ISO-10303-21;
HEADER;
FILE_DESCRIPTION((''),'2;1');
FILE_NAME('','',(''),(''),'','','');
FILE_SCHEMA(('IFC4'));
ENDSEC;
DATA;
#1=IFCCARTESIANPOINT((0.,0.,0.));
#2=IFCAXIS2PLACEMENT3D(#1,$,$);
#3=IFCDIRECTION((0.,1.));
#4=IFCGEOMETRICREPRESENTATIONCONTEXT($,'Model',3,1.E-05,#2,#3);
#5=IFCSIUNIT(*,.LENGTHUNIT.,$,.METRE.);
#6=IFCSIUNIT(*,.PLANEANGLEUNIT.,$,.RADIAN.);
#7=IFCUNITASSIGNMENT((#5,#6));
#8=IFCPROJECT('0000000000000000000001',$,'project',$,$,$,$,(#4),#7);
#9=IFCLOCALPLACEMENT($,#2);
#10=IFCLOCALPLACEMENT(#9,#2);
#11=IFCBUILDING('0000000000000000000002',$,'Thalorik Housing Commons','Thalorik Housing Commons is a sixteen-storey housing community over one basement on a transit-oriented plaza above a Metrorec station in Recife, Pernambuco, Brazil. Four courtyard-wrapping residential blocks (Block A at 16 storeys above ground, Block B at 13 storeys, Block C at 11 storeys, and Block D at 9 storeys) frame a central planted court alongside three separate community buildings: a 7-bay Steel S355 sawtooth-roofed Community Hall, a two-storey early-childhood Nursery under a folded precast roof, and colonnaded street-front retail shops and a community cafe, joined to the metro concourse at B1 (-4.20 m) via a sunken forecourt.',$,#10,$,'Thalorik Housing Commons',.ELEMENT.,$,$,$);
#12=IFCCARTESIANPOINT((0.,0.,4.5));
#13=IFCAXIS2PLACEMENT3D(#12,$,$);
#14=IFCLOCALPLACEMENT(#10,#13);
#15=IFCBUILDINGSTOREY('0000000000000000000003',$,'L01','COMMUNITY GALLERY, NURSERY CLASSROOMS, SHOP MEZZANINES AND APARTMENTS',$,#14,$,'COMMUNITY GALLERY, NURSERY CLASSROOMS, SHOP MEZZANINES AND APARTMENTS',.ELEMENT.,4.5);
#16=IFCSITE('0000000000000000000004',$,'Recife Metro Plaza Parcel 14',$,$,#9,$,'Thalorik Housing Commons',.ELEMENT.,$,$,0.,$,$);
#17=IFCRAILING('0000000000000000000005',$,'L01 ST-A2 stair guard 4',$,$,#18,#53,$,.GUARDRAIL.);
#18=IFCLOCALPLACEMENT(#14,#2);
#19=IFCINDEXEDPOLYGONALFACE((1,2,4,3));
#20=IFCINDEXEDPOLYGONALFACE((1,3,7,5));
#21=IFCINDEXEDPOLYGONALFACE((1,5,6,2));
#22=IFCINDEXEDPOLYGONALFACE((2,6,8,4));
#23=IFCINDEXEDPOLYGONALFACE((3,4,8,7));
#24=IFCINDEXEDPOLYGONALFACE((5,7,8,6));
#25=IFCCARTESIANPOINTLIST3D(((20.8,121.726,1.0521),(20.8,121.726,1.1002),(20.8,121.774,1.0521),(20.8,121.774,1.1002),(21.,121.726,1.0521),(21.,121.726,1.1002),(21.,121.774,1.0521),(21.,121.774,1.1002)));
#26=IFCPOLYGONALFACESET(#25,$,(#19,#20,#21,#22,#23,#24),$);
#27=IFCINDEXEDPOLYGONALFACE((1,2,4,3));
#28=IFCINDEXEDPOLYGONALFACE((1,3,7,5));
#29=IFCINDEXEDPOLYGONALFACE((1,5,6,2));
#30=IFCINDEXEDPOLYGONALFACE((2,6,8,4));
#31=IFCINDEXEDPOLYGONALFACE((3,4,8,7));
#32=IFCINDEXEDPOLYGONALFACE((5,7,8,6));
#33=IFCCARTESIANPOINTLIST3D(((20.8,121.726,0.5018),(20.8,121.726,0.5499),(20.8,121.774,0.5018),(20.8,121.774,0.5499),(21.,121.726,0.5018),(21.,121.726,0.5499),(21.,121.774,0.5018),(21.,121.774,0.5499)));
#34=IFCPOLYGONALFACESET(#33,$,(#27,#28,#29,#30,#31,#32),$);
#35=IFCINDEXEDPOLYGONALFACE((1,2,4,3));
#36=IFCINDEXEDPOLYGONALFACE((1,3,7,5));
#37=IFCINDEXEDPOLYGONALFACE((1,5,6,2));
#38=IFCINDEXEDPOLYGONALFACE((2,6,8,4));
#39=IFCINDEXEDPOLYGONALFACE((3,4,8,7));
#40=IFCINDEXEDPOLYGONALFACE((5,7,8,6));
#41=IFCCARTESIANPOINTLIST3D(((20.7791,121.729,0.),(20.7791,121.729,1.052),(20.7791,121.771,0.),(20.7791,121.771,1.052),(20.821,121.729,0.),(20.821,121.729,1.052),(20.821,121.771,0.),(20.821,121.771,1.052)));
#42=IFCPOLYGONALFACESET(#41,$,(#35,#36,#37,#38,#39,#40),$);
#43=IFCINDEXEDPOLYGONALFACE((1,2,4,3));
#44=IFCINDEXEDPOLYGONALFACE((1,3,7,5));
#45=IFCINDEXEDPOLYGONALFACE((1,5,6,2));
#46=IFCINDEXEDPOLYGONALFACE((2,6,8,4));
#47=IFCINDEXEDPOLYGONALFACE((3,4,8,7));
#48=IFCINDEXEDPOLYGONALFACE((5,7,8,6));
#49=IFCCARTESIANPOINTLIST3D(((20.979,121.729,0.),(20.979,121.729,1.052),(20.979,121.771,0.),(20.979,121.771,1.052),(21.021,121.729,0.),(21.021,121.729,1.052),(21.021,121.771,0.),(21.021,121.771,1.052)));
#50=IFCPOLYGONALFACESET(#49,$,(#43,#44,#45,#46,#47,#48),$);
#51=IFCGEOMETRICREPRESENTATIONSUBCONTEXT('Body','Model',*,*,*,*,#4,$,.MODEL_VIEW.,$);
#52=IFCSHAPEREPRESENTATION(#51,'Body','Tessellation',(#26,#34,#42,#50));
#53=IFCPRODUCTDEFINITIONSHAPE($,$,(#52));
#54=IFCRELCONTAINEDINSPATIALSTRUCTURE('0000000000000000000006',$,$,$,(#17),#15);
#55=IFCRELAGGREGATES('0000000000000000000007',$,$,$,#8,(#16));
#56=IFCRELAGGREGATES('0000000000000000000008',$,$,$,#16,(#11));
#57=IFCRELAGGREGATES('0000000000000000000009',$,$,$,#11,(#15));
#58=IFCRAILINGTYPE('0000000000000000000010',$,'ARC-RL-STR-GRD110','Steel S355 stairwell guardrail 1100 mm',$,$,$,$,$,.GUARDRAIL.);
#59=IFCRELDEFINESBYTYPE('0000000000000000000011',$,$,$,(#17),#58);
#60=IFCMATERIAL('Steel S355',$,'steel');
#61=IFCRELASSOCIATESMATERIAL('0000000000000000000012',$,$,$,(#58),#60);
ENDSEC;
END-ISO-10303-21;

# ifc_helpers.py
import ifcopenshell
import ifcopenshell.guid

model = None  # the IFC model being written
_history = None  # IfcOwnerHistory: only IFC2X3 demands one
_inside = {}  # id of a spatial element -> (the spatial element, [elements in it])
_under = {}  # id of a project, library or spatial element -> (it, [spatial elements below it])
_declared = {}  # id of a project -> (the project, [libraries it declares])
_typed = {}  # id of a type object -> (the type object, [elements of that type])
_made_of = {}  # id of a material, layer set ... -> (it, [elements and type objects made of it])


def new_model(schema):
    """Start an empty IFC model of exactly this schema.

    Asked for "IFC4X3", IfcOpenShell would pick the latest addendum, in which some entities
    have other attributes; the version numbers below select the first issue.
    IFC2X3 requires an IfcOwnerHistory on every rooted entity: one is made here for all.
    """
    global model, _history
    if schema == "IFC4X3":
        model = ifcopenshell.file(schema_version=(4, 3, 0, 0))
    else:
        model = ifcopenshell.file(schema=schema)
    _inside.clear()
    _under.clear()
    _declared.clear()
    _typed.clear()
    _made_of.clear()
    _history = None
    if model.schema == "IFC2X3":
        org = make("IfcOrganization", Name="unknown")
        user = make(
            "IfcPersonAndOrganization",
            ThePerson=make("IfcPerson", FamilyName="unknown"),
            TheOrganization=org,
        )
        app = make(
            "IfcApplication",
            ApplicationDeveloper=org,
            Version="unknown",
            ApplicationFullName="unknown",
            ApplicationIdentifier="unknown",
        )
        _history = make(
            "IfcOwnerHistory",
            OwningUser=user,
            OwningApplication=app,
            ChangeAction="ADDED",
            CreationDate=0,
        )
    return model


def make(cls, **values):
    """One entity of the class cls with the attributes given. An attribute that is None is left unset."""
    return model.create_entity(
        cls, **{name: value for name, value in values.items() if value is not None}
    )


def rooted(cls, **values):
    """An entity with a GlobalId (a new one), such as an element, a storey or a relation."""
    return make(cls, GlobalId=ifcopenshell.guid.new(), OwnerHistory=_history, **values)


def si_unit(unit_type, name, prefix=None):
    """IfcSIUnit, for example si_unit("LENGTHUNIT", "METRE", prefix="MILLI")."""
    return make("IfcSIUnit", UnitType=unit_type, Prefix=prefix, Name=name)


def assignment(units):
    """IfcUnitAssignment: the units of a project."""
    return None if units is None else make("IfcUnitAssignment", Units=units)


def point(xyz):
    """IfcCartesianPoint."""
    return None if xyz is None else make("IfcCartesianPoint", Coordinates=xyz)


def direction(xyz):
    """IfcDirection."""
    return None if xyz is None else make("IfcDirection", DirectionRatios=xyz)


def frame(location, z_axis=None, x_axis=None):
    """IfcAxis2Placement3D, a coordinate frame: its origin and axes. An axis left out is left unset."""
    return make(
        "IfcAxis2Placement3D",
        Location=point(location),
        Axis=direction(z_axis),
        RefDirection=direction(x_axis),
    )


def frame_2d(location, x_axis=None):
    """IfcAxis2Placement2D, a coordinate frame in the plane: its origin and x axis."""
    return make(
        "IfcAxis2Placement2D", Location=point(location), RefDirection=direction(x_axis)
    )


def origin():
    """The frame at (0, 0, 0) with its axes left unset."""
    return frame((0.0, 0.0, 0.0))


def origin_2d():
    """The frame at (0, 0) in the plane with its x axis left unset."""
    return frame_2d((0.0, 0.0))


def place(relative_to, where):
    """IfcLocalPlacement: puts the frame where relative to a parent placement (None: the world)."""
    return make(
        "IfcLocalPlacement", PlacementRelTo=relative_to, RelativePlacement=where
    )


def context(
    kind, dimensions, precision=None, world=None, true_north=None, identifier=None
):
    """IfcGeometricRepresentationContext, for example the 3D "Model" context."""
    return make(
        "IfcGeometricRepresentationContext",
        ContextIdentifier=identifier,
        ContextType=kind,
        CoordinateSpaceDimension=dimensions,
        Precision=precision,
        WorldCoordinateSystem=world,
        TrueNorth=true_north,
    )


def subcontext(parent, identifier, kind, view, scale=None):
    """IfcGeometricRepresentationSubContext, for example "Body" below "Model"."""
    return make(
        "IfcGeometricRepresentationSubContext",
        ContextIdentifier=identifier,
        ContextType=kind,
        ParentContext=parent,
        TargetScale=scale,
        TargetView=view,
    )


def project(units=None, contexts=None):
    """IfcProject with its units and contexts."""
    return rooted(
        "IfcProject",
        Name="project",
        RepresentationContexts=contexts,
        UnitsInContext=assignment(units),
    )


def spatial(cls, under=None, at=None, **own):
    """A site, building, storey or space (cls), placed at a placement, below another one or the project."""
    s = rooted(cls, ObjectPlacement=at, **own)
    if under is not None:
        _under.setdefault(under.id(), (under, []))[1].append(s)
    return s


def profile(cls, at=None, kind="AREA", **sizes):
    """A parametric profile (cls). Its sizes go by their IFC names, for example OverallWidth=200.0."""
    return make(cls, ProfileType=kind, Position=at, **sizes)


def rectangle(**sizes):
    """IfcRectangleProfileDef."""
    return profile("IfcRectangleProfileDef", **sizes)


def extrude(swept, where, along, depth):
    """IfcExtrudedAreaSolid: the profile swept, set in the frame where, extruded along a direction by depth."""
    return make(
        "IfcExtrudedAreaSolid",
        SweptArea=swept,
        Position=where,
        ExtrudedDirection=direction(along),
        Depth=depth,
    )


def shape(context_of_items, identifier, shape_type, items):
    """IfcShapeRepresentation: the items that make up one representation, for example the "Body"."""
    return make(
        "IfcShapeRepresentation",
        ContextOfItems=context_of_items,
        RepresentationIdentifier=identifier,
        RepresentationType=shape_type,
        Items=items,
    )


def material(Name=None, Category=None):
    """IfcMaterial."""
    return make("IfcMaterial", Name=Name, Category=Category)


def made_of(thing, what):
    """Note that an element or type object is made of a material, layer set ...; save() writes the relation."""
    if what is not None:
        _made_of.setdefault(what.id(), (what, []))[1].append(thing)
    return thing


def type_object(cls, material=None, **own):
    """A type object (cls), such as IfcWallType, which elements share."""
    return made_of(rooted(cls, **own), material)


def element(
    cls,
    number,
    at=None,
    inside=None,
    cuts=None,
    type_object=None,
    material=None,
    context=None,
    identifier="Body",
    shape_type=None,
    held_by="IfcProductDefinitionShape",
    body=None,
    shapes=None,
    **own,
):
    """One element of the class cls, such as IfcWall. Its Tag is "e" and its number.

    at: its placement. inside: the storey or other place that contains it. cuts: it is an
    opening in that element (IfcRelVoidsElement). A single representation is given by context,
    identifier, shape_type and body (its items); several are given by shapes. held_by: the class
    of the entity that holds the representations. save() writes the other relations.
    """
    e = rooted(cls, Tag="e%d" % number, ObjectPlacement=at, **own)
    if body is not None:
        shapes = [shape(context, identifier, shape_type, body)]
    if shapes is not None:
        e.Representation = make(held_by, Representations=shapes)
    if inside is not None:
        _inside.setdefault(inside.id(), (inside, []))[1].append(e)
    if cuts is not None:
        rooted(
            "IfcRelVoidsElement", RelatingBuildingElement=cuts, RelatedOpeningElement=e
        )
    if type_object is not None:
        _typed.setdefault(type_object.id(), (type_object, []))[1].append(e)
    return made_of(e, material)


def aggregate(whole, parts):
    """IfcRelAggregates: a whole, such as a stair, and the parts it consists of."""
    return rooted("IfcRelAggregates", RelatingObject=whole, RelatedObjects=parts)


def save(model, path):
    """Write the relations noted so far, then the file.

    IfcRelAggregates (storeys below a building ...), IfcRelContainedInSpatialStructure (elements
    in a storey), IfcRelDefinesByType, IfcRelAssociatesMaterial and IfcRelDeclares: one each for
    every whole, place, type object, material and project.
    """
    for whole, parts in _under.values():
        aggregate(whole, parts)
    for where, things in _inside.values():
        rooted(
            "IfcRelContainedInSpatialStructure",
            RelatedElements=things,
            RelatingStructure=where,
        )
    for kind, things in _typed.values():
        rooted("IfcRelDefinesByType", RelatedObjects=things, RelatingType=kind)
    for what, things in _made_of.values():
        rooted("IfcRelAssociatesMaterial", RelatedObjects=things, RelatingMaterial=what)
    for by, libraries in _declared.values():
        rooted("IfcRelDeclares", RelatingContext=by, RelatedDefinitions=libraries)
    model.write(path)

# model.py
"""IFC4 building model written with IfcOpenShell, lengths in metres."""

from ifc_helpers import new_model, si_unit, direction, frame, origin, origin_2d, place, context, subcontext, project, spatial, rectangle, extrude, material, type_object, element, save


model = new_model("IFC4")

# Units and contexts
model_context = context("Model", 3, precision=1e-05, world=origin(), true_north=direction((0.0, 1.0)))
body_context = subcontext(model_context, "Body", "Model", "MODEL_VIEW")
ifc_project = project(units=[si_unit("LENGTHUNIT", "METRE"), si_unit("PLANEANGLEUNIT", "RADIAN")], contexts=[model_context])

# Site, building, storey
site_placement = place(None, origin())
site = spatial("IfcSite", under=ifc_project, at=site_placement, Name="Recife Metro Plaza Parcel 14", LongName="Thalorik Housing Commons", CompositionType="ELEMENT", RefElevation=0.0)
building_placement = place(site_placement, origin())
building = spatial("IfcBuilding", under=site, at=building_placement, Name="Thalorik Housing Commons", Description="Thalorik Housing Commons is a sixteen-storey housing community over one basement on a transit-oriented plaza above a Metrorec station in Recife, Pernambuco, Brazil. Four courtyard-wrapping residential blocks (Block A at 16 storeys above ground, Block B at 13 storeys, Block C at 11 storeys, and Block D at 9 storeys) frame a central planted court alongside three separate community buildings: a 7-bay Steel S355 sawtooth-roofed Community Hall, a two-storey early-childhood Nursery under a folded precast roof, and colonnaded street-front retail shops and a community cafe, joined to the metro concourse at B1 (-4.20 m) via a sunken forecourt.", LongName="Thalorik Housing Commons", CompositionType="ELEMENT")
storey_placement = place(building_placement, frame((0.0, 0.0, 4.5)))
storey = spatial("IfcBuildingStorey", under=building, at=storey_placement, Name="L01", Description="COMMUNITY GALLERY, NURSERY CLASSROOMS, SHOP MEZZANINES AND APARTMENTS", LongName="COMMUNITY GALLERY, NURSERY CLASSROOMS, SHOP MEZZANINES AND APARTMENTS", CompositionType="ELEMENT", Elevation=4.5)

# Railing
ifc_material_1 = material(Name="Steel S355", Category="steel")
railing_type = type_object("IfcRailingType", Name="ARC-RL-STR-GRD110", Description="Steel S355 stairwell guardrail 1100 mm", PredefinedType="GUARDRAIL", material=ifc_material_1)
railing_1_placement = place(storey_placement, frame((20.8, 121.75, 0.0)))
element("IfcRailing", 1, at=railing_1_placement, inside=storey, type_object=railing_type, Name="L01 ST-A2 stair guard 4", PredefinedType="GUARDRAIL", context=body_context, shape_type="SweptSolid", body=[
    extrude(rectangle(XDim=0.0481, YDim=0.0481, at=origin_2d()), frame((0.0, 0.0, 1.0762), z_axis=(1.0, 0.0, 0.0), x_axis=(0.0, 1.0, 0.0)), (0.0, 0.0, 1.0), 0.2),
    extrude(rectangle(XDim=0.0481, YDim=0.0481, at=origin_2d()), frame((0.0, 0.0, 0.5259), z_axis=(1.0, 0.0, 0.0), x_axis=(0.0, 1.0, 0.0)), (0.0, 0.0, 1.0), 0.2),
    extrude(rectangle(XDim=0.042, YDim=0.042, at=origin_2d()), origin(), (0.0, 0.0, 1.0), 1.052),
    extrude(rectangle(XDim=0.042, YDim=0.042, at=origin_2d()), frame((0.2, 0.0, 0.0)), (0.0, 0.0, 1.0), 1.052),
])

save(model, "model.ifc")
